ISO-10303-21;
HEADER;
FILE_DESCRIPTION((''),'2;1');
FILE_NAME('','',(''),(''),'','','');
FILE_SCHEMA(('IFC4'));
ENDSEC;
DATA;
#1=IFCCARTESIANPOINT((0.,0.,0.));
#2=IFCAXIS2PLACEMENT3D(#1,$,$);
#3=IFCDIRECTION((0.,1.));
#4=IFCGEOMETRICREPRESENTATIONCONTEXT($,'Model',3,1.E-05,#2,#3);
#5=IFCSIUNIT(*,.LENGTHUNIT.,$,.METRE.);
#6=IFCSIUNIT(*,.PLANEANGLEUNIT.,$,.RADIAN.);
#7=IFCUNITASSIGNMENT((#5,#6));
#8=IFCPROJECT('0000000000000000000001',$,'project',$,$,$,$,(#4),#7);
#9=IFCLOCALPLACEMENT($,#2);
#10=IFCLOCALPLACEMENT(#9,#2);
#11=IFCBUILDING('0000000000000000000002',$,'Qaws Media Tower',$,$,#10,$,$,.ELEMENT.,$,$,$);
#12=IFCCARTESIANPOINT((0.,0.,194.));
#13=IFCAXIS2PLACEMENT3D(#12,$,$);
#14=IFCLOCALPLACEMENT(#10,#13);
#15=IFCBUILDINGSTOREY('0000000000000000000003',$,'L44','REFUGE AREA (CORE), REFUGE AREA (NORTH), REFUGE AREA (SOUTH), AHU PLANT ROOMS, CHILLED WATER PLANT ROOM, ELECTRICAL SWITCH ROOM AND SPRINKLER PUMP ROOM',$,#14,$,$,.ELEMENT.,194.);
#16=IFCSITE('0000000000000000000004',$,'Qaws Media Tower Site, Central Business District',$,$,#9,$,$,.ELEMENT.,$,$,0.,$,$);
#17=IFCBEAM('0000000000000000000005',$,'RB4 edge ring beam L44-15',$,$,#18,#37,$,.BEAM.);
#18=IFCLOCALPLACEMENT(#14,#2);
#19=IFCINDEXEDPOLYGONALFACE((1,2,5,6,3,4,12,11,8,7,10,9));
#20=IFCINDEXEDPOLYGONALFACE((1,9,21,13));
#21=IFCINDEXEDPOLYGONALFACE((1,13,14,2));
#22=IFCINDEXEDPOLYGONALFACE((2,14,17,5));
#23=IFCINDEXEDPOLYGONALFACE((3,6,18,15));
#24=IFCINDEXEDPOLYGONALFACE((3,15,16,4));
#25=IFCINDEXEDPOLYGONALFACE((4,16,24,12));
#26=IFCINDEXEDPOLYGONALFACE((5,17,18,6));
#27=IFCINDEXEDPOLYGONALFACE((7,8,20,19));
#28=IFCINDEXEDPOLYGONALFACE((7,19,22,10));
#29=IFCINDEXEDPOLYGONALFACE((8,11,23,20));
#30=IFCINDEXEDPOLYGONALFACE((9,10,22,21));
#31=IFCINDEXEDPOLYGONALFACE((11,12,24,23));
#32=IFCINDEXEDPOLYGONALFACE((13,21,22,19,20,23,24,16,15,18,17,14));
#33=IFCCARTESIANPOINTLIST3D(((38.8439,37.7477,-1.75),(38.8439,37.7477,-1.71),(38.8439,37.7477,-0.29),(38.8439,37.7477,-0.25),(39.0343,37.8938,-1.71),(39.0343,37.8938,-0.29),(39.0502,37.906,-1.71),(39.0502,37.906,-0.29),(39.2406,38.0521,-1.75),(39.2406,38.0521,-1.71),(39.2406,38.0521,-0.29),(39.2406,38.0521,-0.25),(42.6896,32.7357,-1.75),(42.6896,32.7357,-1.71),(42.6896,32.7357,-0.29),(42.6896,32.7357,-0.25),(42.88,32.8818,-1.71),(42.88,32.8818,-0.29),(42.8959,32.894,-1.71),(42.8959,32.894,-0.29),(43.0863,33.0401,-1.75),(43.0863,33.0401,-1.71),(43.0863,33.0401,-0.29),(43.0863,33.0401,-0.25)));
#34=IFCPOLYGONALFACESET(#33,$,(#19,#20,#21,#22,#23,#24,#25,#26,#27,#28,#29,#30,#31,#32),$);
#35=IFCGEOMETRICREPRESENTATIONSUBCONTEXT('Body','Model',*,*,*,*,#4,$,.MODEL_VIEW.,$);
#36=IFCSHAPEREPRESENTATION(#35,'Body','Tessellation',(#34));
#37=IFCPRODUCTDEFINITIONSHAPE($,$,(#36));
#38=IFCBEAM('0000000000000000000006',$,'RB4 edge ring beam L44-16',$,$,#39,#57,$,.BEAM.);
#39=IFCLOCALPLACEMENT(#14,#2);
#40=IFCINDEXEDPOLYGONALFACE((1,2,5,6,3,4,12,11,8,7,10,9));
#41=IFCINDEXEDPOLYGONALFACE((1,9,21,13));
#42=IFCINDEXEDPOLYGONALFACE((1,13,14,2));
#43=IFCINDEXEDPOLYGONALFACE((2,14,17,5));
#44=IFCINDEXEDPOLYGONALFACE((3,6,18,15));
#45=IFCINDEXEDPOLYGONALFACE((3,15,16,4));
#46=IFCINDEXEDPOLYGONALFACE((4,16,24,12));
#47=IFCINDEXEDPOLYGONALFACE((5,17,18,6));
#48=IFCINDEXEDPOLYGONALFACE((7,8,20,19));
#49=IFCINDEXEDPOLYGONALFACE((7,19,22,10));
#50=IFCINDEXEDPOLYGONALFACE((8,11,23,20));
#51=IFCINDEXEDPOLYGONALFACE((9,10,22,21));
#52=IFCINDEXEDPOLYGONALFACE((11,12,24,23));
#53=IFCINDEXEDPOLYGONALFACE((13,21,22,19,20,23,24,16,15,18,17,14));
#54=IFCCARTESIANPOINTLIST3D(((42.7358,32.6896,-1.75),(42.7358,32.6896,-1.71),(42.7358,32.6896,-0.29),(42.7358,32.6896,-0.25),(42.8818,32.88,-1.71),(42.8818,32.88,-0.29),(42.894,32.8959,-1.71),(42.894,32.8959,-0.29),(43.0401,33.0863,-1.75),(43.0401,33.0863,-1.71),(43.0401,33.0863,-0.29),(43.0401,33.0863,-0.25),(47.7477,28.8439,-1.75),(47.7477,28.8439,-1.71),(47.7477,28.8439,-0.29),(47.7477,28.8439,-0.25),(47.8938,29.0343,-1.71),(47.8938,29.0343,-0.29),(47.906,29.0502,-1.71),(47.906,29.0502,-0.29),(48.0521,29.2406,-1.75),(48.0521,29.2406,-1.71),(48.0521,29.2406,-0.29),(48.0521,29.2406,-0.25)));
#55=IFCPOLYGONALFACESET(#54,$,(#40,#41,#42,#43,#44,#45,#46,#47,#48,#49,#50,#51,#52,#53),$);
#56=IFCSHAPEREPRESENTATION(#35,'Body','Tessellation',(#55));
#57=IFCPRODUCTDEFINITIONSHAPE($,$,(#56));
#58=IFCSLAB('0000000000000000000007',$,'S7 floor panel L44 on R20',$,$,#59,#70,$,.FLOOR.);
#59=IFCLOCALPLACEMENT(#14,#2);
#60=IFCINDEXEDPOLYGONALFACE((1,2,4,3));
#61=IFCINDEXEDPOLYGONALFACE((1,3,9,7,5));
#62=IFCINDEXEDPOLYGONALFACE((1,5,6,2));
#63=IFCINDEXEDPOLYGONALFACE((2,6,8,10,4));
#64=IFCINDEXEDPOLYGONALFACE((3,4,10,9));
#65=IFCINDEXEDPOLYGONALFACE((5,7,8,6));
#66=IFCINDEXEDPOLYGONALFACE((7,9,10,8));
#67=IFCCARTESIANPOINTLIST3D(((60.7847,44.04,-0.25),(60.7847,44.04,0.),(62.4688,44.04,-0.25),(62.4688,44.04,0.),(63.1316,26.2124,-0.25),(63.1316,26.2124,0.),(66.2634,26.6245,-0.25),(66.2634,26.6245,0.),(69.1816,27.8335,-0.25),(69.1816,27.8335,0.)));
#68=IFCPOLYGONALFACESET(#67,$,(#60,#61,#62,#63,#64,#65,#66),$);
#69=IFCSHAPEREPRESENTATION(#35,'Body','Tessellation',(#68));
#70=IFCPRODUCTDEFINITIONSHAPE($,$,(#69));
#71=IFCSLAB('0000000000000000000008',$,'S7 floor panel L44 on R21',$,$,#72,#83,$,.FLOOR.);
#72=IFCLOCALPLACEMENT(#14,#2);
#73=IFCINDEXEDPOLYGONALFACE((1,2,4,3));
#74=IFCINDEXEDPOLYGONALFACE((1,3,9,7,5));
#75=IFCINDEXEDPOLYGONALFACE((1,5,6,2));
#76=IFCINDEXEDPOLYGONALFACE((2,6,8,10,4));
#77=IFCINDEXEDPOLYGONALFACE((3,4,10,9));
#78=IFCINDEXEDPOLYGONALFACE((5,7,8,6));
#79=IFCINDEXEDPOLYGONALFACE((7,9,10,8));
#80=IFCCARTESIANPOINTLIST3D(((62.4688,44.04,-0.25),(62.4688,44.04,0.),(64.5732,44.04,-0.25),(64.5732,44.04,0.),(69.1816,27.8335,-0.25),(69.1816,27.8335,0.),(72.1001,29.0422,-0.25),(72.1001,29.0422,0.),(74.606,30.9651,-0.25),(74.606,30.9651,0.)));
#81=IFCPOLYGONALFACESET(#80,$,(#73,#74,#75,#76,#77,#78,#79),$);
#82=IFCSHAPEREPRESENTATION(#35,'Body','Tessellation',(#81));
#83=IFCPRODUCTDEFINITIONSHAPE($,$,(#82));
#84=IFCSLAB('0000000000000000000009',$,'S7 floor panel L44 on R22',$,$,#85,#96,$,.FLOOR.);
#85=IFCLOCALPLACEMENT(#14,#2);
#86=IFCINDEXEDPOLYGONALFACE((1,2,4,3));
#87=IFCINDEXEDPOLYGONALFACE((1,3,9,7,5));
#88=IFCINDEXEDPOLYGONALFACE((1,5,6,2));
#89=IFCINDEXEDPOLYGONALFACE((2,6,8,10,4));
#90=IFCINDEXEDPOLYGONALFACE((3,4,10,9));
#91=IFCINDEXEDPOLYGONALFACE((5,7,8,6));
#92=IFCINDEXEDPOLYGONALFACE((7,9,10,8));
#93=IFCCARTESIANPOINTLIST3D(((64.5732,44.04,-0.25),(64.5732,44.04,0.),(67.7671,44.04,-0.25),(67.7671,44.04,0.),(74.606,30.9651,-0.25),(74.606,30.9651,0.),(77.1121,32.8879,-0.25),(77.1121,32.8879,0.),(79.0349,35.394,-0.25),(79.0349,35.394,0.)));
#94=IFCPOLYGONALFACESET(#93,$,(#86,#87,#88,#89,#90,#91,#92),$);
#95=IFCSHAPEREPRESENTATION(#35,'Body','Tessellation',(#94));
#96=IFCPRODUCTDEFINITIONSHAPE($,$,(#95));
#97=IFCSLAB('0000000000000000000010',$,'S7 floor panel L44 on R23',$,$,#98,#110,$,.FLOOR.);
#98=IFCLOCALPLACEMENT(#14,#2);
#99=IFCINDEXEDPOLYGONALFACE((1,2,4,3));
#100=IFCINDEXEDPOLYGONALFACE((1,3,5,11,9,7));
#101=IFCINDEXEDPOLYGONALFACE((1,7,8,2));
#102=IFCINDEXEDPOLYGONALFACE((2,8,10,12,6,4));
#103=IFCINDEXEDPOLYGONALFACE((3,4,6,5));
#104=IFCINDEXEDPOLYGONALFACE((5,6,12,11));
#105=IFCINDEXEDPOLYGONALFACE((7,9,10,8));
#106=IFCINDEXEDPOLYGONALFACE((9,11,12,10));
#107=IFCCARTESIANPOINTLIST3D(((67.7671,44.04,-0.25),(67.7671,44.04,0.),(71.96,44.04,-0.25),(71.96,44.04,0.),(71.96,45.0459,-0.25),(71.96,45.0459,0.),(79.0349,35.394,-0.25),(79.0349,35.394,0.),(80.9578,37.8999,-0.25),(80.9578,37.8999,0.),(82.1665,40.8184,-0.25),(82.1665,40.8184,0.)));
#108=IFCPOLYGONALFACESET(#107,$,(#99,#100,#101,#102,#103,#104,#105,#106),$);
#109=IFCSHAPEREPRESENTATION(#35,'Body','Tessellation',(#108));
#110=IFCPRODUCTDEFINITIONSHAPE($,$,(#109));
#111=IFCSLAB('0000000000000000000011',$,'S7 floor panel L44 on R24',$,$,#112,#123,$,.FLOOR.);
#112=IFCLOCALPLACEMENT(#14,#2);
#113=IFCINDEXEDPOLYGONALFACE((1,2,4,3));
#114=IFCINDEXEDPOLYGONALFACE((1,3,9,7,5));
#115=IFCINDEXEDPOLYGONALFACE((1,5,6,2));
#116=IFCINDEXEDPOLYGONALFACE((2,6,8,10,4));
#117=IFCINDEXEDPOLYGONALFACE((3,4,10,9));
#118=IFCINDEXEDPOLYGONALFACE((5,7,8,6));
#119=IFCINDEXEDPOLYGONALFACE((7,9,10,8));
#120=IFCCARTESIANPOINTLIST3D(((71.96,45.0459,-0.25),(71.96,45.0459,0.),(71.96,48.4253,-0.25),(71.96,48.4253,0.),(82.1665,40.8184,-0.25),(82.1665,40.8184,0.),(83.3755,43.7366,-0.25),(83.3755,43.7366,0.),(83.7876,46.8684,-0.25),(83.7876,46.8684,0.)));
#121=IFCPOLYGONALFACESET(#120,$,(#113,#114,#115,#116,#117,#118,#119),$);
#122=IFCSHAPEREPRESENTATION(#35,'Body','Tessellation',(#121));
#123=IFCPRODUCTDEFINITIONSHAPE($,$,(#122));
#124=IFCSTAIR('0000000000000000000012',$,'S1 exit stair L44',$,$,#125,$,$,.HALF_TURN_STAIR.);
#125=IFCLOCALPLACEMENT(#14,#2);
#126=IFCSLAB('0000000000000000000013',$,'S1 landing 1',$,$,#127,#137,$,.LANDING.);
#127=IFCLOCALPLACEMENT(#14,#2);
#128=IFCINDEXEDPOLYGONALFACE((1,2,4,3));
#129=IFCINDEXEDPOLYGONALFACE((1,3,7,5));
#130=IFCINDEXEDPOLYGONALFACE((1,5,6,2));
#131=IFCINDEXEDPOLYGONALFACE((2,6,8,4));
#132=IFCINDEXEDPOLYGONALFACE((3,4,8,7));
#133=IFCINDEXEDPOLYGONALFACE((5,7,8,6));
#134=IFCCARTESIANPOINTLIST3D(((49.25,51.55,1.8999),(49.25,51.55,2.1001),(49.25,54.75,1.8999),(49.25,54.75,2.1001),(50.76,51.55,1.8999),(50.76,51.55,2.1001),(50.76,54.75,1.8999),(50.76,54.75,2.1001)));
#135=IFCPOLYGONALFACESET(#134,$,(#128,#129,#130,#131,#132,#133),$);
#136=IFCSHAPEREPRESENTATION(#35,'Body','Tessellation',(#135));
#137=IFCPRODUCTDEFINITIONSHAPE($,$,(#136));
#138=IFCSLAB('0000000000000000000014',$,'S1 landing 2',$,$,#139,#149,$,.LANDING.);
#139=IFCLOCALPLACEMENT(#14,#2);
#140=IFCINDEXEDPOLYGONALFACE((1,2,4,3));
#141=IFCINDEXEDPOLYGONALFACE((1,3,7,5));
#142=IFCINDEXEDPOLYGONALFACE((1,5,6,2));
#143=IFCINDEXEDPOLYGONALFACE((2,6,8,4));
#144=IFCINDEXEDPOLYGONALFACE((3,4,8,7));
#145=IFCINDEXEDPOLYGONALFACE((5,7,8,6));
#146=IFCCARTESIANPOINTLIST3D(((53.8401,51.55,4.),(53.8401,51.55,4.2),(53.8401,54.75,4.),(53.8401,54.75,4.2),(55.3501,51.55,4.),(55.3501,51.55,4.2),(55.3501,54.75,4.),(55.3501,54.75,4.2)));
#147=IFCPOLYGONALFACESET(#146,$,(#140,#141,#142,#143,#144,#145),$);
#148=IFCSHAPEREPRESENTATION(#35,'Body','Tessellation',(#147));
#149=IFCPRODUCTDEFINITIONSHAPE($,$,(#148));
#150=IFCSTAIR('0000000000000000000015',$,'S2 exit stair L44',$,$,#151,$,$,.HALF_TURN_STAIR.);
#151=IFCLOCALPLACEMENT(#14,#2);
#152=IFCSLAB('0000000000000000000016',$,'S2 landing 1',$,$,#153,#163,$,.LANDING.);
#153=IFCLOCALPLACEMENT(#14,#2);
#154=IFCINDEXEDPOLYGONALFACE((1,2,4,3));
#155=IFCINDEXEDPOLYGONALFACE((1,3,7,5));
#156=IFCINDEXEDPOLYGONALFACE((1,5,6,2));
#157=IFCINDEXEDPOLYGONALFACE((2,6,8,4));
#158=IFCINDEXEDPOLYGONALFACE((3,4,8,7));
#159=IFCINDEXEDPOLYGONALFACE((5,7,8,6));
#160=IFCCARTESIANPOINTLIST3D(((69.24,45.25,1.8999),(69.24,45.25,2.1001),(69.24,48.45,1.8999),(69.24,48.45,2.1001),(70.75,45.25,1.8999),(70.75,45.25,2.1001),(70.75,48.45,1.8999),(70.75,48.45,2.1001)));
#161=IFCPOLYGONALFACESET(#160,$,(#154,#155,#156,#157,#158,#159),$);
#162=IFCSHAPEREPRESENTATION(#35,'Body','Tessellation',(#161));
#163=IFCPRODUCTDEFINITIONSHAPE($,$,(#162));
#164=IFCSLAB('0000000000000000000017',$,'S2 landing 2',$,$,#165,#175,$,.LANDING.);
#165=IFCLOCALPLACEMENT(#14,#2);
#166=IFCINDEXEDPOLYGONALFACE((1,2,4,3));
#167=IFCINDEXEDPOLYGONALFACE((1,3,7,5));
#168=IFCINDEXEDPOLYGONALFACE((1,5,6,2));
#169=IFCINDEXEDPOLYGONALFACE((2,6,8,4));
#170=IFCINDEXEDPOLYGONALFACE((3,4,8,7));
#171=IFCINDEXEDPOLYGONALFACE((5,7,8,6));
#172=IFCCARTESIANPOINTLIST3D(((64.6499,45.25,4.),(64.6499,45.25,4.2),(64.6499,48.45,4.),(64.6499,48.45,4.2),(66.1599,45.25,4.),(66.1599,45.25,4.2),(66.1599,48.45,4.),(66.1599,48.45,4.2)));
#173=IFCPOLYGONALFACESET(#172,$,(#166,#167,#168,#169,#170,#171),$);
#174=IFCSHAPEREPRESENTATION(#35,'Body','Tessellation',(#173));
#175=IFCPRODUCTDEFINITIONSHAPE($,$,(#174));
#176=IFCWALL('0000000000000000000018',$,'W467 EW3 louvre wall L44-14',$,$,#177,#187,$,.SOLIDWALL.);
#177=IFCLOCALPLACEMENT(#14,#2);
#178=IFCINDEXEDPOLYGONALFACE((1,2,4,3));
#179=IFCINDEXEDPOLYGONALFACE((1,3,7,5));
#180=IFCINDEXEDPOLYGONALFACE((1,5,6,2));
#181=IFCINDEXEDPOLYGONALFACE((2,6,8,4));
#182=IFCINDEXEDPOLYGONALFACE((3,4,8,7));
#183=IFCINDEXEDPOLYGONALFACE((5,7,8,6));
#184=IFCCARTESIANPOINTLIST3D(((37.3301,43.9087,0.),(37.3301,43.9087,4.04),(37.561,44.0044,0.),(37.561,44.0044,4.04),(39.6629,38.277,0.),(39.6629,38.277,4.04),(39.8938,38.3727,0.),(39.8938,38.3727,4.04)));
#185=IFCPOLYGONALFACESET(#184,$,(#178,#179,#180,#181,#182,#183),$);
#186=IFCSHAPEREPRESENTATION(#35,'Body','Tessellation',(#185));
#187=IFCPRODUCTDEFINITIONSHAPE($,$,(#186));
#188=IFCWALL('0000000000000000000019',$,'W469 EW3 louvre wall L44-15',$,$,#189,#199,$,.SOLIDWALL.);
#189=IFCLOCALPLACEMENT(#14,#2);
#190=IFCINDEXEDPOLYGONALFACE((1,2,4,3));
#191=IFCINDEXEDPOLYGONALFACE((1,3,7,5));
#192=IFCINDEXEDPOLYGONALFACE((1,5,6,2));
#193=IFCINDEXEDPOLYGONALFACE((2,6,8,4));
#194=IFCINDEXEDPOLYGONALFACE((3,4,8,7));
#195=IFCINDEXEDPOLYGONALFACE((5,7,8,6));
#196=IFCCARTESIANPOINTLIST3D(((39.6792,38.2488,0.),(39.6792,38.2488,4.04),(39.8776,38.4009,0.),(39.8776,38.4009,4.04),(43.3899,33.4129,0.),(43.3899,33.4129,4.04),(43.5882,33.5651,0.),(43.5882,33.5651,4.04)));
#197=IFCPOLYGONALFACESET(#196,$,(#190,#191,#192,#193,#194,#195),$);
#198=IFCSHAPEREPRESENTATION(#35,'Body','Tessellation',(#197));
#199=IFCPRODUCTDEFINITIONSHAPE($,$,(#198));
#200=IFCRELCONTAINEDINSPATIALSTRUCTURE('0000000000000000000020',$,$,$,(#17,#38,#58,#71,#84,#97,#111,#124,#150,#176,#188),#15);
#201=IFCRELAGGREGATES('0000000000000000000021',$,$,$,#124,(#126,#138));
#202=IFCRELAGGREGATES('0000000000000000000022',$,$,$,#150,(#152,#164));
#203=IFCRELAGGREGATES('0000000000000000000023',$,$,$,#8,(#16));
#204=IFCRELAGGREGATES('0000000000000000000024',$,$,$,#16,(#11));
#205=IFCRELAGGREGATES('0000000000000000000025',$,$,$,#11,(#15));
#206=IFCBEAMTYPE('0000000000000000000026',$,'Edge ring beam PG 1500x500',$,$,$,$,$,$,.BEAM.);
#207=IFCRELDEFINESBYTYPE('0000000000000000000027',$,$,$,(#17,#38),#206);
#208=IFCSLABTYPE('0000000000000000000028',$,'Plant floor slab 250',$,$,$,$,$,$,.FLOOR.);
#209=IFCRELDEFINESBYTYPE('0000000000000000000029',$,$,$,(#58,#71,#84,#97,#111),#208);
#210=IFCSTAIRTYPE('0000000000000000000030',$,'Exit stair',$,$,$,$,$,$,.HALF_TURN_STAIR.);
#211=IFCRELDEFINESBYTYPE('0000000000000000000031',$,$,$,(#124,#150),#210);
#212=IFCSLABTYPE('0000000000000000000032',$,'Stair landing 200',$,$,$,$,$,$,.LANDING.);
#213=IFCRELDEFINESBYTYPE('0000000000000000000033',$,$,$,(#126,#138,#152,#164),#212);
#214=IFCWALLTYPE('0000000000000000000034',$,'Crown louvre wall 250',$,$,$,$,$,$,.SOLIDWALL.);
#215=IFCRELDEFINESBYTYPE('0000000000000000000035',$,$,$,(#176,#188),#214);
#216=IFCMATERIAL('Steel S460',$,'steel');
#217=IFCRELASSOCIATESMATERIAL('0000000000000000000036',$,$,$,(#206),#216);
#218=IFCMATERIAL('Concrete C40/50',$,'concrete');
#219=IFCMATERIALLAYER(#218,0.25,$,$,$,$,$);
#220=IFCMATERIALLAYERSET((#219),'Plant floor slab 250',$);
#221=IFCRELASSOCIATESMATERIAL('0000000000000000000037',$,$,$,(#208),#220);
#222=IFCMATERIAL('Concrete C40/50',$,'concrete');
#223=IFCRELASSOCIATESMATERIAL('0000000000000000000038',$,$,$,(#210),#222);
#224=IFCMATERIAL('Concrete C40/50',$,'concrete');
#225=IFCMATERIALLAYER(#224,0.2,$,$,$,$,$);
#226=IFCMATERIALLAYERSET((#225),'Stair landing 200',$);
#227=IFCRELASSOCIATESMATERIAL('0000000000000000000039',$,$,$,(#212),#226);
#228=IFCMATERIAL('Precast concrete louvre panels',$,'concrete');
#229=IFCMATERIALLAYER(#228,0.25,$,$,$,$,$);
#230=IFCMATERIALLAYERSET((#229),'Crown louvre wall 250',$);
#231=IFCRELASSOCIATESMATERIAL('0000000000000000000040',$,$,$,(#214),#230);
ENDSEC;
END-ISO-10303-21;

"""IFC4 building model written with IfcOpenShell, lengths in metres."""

from ifc_helpers import new_model, si_unit, direction, frame, frame_2d, origin, origin_2d, place, context, subcontext, project, spatial, polyline, rectangle, i_section, outline, extrude, material, layer, layer_set, material_profile, profile_set, type_object, element, aggregate, save


model = new_model("IFC4")

# Units and contexts
model_context = context("Model", 3, precision=1e-05, world=origin(), true_north=direction((0.0, 1.0)))
body_context = subcontext(model_context, "Body", "Model", "MODEL_VIEW")
ifc_project = project(units=[si_unit("LENGTHUNIT", "METRE"), si_unit("PLANEANGLEUNIT", "RADIAN")], contexts=[model_context])

# Site, building, storey
site_placement = place(None, origin())
site = spatial("IfcSite", under=ifc_project, at=site_placement, Name="Qaws Media Tower Site, Central Business District", CompositionType="ELEMENT", RefElevation=0.0)
building_placement = place(site_placement, origin())
building = spatial("IfcBuilding", under=site, at=building_placement, Name="Qaws Media Tower", CompositionType="ELEMENT")
storey_placement = place(building_placement, frame((0.0, 0.0, 194.0)))
storey = spatial("IfcBuildingStorey", under=building, at=storey_placement, Name="L44", Description="REFUGE AREA (CORE), REFUGE AREA (NORTH), REFUGE AREA (SOUTH), AHU PLANT ROOMS, CHILLED WATER PLANT ROOM, ELECTRICAL SWITCH ROOM AND SPRINKLER PUMP ROOM", CompositionType="ELEMENT", Elevation=194.0)

# Beams
ifc_material_1 = material(Name="Steel S460", Category="steel")
ifc_material_profile_1 = material_profile(ifc_material_1, i_section(OverallWidth=0.5, OverallDepth=1.5, WebThickness=0.02, FlangeThickness=0.04, at=origin_2d()), Name="PG 1500x500")
ifc_profile_set_1 = profile_set([ifc_material_profile_1], Name="Steel S460")
beam_type = type_object("IfcBeamType", Name="Edge ring beam PG 1500x500", PredefinedType="BEAM", material=ifc_profile_set_1)
for number, where, z_axis, x_axis, name in (
    (1, (39.0422, 37.8999, -1.0), (0.60875, -0.793362, 0.0), (0.793362, 0.60875, 0.0), "RB4 edge ring beam L44-15"),
    (2, (42.8879, 32.8879, -1.0), (0.793362, -0.60875, 0.0), (0.60875, 0.793362, 0.0), "RB4 edge ring beam L44-16"),
):
    element("IfcBeam", number, at=place(storey_placement, frame(where, z_axis=z_axis, x_axis=x_axis)), inside=storey, type_object=beam_type, Name=name, PredefinedType="BEAM", context=body_context, shape_type="SweptSolid", body=[
        extrude(i_section(OverallWidth=0.5, OverallDepth=1.5, WebThickness=0.02, FlangeThickness=0.04, at=origin_2d()), origin(), (0.0, 0.0, 1.0), 6.3174),
    ])

# Slabs
ifc_material_2 = material(Name="Concrete C40/50", Category="concrete")
ifc_layer_1 = layer(ifc_material_2, 0.25)
ifc_layer_set_1 = layer_set([ifc_layer_1], Name="Plant floor slab 250")
slab_type_1 = type_object("IfcSlabType", Name="Plant floor slab 250", PredefinedType="FLOOR", material=ifc_layer_set_1)
slab_1_placement = place(storey_placement, frame((0.0, 0.0, -0.25)))
element("IfcSlab", 3, at=slab_1_placement, inside=storey, type_object=slab_type_1, Name="S7 floor panel L44 on R20", PredefinedType="FLOOR", context=body_context, shape_type="SweptSolid", body=[
    extrude(outline(polyline([(66.2634, 26.6245), (63.1316, 26.2124), (60.7847, 44.04), (62.4688, 44.04), (69.1816, 27.8335), (66.2634, 26.6245)])), origin(), (0.0, 0.0, 1.0), 0.25),
])
slab_2_placement = place(storey_placement, frame((0.0, 0.0, -0.25)))
element("IfcSlab", 4, at=slab_2_placement, inside=storey, type_object=slab_type_1, Name="S7 floor panel L44 on R21", PredefinedType="FLOOR", context=body_context, shape_type="SweptSolid", body=[
    extrude(outline(polyline([(72.1001, 29.0422), (69.1816, 27.8335), (62.4688, 44.04), (64.5732, 44.04), (74.606, 30.9651), (72.1001, 29.0422)])), origin(), (0.0, 0.0, 1.0), 0.25),
])
slab_3_placement = place(storey_placement, frame((0.0, 0.0, -0.25)))
element("IfcSlab", 5, at=slab_3_placement, inside=storey, type_object=slab_type_1, Name="S7 floor panel L44 on R22", PredefinedType="FLOOR", context=body_context, shape_type="SweptSolid", body=[
    extrude(outline(polyline([(77.1121, 32.8879), (74.606, 30.9651), (64.5732, 44.04), (67.7671, 44.04), (79.0349, 35.394), (77.1121, 32.8879)])), origin(), (0.0, 0.0, 1.0), 0.25),
])
slab_4_placement = place(storey_placement, frame((0.0, 0.0, -0.25)))
element("IfcSlab", 6, at=slab_4_placement, inside=storey, type_object=slab_type_1, Name="S7 floor panel L44 on R23", PredefinedType="FLOOR", context=body_context, shape_type="SweptSolid", body=[
    extrude(outline(polyline([(79.0349, 35.394), (67.7671, 44.04), (71.96, 44.04), (71.96, 45.0459), (82.1665, 40.8184), (80.9578, 37.8999), (79.0349, 35.394)])), origin(), (0.0, 0.0, 1.0), 0.25),
])
slab_5_placement = place(storey_placement, frame((0.0, 0.0, -0.25)))
element("IfcSlab", 7, at=slab_5_placement, inside=storey, type_object=slab_type_1, Name="S7 floor panel L44 on R24", PredefinedType="FLOOR", context=body_context, shape_type="SweptSolid", body=[
    extrude(outline(polyline([(83.3755, 43.7366), (82.1665, 40.8184), (71.96, 45.0459), (71.96, 48.4253), (83.7876, 46.8684), (83.3755, 43.7366)])), origin(), (0.0, 0.0, 1.0), 0.25),
])

# Stairs, slabs
ifc_material_3 = material(Name="Concrete C40/50", Category="concrete")
stair_type = type_object("IfcStairType", Name="Exit stair", PredefinedType="HALF_TURN_STAIR", material=ifc_material_3)
stair_1_placement = place(storey_placement, origin())
stair_1 = element("IfcStair", 8, at=stair_1_placement, inside=storey, type_object=stair_type, Name="S1 exit stair L44", PredefinedType="HALF_TURN_STAIR")
ifc_material_4 = material(Name="Concrete C40/50", Category="concrete")
ifc_layer_2 = layer(ifc_material_4, 0.2)
ifc_layer_set_2 = layer_set([ifc_layer_2], Name="Stair landing 200")
slab_type_2 = type_object("IfcSlabType", Name="Stair landing 200", PredefinedType="LANDING", material=ifc_layer_set_2)
slab_6_placement = place(storey_placement, frame((0.0, 0.0, 1.8999)))
slab_6 = element("IfcSlab", 9, at=slab_6_placement, type_object=slab_type_2, Name="S1 landing 1", PredefinedType="LANDING", context=body_context, shape_type="SweptSolid", body=[
    extrude(outline(polyline([(49.25, 51.55), (50.76, 51.55), (50.76, 54.75), (49.25, 54.75), (49.25, 51.55)])), origin(), (0.0, 0.0, 1.0), 0.2002),
])
slab_7_placement = place(storey_placement, frame((0.0, 0.0, 4.0)))
slab_7 = element("IfcSlab", 10, at=slab_7_placement, type_object=slab_type_2, Name="S1 landing 2", PredefinedType="LANDING", context=body_context, shape_type="SweptSolid", body=[
    extrude(outline(polyline([(53.8401, 51.55), (55.3501, 51.55), (55.3501, 54.75), (53.8401, 54.75), (53.8401, 51.55)])), origin(), (0.0, 0.0, 1.0), 0.2),
])
aggregate(stair_1, [slab_6, slab_7])
stair_2_placement = place(storey_placement, origin())
stair_2 = element("IfcStair", 11, at=stair_2_placement, inside=storey, type_object=stair_type, Name="S2 exit stair L44", PredefinedType="HALF_TURN_STAIR")
slab_8_placement = place(storey_placement, frame((0.0, 0.0, 1.8999)))
slab_8 = element("IfcSlab", 12, at=slab_8_placement, type_object=slab_type_2, Name="S2 landing 1", PredefinedType="LANDING", context=body_context, shape_type="SweptSolid", body=[
    extrude(outline(polyline([(69.24, 45.25), (70.75, 45.25), (70.75, 48.45), (69.24, 48.45), (69.24, 45.25)])), origin(), (0.0, 0.0, 1.0), 0.2002),
])
slab_9_placement = place(storey_placement, frame((0.0, 0.0, 4.0)))
slab_9 = element("IfcSlab", 13, at=slab_9_placement, type_object=slab_type_2, Name="S2 landing 2", PredefinedType="LANDING", context=body_context, shape_type="SweptSolid", body=[
    extrude(outline(polyline([(64.6499, 45.25), (66.1599, 45.25), (66.1599, 48.45), (64.6499, 48.45), (64.6499, 45.25)])), origin(), (0.0, 0.0, 1.0), 0.2),
])
aggregate(stair_2, [slab_8, slab_9])

# Walls
ifc_material_5 = material(Name="Precast concrete louvre panels", Category="concrete")
ifc_layer_3 = layer(ifc_material_5, 0.25)
ifc_layer_set_3 = layer_set([ifc_layer_3], Name="Crown louvre wall 250")
wall_type = type_object("IfcWallType", Name="Crown louvre wall 250", PredefinedType="SOLIDWALL", material=ifc_layer_set_3)
wall_placement = place(storey_placement, frame((37.4456, 43.9565, 0.0), z_axis=(0.0, 0.0, 1.0), x_axis=(0.382695, -0.923875, 0.0)))
element("IfcWall", 14, at=wall_placement, inside=storey, type_object=wall_type, Name="W467 EW3 louvre wall L44-14", PredefinedType="SOLIDWALL", context=body_context, shape_type="SweptSolid", body=[
    extrude(rectangle(XDim=6.0957, YDim=0.25, at=frame_2d((3.0479, 0.0))), origin(), (0.0, 0.0, 1.0), 4.04),
])
for number, where, z_axis, x_axis, name in (
    (15, (39.7783, 38.325, 0.0), (0.0, 0.0, 1.0), (0.608756, -0.793357, 0.0), "W469 EW3 louvre wall L44-15"),
):
    element("IfcWall", number, at=place(storey_placement, frame(where, z_axis=z_axis, x_axis=x_axis)), inside=storey, type_object=wall_type, Name=name, PredefinedType="SOLIDWALL", context=body_context, shape_type="SweptSolid", body=[
        extrude(rectangle(XDim=6.0955, YDim=0.25, at=frame_2d((3.0479, 0.0))), origin(), (0.0, 0.0, 1.0), 4.04),
    ])

save(model, "model.ifc")
